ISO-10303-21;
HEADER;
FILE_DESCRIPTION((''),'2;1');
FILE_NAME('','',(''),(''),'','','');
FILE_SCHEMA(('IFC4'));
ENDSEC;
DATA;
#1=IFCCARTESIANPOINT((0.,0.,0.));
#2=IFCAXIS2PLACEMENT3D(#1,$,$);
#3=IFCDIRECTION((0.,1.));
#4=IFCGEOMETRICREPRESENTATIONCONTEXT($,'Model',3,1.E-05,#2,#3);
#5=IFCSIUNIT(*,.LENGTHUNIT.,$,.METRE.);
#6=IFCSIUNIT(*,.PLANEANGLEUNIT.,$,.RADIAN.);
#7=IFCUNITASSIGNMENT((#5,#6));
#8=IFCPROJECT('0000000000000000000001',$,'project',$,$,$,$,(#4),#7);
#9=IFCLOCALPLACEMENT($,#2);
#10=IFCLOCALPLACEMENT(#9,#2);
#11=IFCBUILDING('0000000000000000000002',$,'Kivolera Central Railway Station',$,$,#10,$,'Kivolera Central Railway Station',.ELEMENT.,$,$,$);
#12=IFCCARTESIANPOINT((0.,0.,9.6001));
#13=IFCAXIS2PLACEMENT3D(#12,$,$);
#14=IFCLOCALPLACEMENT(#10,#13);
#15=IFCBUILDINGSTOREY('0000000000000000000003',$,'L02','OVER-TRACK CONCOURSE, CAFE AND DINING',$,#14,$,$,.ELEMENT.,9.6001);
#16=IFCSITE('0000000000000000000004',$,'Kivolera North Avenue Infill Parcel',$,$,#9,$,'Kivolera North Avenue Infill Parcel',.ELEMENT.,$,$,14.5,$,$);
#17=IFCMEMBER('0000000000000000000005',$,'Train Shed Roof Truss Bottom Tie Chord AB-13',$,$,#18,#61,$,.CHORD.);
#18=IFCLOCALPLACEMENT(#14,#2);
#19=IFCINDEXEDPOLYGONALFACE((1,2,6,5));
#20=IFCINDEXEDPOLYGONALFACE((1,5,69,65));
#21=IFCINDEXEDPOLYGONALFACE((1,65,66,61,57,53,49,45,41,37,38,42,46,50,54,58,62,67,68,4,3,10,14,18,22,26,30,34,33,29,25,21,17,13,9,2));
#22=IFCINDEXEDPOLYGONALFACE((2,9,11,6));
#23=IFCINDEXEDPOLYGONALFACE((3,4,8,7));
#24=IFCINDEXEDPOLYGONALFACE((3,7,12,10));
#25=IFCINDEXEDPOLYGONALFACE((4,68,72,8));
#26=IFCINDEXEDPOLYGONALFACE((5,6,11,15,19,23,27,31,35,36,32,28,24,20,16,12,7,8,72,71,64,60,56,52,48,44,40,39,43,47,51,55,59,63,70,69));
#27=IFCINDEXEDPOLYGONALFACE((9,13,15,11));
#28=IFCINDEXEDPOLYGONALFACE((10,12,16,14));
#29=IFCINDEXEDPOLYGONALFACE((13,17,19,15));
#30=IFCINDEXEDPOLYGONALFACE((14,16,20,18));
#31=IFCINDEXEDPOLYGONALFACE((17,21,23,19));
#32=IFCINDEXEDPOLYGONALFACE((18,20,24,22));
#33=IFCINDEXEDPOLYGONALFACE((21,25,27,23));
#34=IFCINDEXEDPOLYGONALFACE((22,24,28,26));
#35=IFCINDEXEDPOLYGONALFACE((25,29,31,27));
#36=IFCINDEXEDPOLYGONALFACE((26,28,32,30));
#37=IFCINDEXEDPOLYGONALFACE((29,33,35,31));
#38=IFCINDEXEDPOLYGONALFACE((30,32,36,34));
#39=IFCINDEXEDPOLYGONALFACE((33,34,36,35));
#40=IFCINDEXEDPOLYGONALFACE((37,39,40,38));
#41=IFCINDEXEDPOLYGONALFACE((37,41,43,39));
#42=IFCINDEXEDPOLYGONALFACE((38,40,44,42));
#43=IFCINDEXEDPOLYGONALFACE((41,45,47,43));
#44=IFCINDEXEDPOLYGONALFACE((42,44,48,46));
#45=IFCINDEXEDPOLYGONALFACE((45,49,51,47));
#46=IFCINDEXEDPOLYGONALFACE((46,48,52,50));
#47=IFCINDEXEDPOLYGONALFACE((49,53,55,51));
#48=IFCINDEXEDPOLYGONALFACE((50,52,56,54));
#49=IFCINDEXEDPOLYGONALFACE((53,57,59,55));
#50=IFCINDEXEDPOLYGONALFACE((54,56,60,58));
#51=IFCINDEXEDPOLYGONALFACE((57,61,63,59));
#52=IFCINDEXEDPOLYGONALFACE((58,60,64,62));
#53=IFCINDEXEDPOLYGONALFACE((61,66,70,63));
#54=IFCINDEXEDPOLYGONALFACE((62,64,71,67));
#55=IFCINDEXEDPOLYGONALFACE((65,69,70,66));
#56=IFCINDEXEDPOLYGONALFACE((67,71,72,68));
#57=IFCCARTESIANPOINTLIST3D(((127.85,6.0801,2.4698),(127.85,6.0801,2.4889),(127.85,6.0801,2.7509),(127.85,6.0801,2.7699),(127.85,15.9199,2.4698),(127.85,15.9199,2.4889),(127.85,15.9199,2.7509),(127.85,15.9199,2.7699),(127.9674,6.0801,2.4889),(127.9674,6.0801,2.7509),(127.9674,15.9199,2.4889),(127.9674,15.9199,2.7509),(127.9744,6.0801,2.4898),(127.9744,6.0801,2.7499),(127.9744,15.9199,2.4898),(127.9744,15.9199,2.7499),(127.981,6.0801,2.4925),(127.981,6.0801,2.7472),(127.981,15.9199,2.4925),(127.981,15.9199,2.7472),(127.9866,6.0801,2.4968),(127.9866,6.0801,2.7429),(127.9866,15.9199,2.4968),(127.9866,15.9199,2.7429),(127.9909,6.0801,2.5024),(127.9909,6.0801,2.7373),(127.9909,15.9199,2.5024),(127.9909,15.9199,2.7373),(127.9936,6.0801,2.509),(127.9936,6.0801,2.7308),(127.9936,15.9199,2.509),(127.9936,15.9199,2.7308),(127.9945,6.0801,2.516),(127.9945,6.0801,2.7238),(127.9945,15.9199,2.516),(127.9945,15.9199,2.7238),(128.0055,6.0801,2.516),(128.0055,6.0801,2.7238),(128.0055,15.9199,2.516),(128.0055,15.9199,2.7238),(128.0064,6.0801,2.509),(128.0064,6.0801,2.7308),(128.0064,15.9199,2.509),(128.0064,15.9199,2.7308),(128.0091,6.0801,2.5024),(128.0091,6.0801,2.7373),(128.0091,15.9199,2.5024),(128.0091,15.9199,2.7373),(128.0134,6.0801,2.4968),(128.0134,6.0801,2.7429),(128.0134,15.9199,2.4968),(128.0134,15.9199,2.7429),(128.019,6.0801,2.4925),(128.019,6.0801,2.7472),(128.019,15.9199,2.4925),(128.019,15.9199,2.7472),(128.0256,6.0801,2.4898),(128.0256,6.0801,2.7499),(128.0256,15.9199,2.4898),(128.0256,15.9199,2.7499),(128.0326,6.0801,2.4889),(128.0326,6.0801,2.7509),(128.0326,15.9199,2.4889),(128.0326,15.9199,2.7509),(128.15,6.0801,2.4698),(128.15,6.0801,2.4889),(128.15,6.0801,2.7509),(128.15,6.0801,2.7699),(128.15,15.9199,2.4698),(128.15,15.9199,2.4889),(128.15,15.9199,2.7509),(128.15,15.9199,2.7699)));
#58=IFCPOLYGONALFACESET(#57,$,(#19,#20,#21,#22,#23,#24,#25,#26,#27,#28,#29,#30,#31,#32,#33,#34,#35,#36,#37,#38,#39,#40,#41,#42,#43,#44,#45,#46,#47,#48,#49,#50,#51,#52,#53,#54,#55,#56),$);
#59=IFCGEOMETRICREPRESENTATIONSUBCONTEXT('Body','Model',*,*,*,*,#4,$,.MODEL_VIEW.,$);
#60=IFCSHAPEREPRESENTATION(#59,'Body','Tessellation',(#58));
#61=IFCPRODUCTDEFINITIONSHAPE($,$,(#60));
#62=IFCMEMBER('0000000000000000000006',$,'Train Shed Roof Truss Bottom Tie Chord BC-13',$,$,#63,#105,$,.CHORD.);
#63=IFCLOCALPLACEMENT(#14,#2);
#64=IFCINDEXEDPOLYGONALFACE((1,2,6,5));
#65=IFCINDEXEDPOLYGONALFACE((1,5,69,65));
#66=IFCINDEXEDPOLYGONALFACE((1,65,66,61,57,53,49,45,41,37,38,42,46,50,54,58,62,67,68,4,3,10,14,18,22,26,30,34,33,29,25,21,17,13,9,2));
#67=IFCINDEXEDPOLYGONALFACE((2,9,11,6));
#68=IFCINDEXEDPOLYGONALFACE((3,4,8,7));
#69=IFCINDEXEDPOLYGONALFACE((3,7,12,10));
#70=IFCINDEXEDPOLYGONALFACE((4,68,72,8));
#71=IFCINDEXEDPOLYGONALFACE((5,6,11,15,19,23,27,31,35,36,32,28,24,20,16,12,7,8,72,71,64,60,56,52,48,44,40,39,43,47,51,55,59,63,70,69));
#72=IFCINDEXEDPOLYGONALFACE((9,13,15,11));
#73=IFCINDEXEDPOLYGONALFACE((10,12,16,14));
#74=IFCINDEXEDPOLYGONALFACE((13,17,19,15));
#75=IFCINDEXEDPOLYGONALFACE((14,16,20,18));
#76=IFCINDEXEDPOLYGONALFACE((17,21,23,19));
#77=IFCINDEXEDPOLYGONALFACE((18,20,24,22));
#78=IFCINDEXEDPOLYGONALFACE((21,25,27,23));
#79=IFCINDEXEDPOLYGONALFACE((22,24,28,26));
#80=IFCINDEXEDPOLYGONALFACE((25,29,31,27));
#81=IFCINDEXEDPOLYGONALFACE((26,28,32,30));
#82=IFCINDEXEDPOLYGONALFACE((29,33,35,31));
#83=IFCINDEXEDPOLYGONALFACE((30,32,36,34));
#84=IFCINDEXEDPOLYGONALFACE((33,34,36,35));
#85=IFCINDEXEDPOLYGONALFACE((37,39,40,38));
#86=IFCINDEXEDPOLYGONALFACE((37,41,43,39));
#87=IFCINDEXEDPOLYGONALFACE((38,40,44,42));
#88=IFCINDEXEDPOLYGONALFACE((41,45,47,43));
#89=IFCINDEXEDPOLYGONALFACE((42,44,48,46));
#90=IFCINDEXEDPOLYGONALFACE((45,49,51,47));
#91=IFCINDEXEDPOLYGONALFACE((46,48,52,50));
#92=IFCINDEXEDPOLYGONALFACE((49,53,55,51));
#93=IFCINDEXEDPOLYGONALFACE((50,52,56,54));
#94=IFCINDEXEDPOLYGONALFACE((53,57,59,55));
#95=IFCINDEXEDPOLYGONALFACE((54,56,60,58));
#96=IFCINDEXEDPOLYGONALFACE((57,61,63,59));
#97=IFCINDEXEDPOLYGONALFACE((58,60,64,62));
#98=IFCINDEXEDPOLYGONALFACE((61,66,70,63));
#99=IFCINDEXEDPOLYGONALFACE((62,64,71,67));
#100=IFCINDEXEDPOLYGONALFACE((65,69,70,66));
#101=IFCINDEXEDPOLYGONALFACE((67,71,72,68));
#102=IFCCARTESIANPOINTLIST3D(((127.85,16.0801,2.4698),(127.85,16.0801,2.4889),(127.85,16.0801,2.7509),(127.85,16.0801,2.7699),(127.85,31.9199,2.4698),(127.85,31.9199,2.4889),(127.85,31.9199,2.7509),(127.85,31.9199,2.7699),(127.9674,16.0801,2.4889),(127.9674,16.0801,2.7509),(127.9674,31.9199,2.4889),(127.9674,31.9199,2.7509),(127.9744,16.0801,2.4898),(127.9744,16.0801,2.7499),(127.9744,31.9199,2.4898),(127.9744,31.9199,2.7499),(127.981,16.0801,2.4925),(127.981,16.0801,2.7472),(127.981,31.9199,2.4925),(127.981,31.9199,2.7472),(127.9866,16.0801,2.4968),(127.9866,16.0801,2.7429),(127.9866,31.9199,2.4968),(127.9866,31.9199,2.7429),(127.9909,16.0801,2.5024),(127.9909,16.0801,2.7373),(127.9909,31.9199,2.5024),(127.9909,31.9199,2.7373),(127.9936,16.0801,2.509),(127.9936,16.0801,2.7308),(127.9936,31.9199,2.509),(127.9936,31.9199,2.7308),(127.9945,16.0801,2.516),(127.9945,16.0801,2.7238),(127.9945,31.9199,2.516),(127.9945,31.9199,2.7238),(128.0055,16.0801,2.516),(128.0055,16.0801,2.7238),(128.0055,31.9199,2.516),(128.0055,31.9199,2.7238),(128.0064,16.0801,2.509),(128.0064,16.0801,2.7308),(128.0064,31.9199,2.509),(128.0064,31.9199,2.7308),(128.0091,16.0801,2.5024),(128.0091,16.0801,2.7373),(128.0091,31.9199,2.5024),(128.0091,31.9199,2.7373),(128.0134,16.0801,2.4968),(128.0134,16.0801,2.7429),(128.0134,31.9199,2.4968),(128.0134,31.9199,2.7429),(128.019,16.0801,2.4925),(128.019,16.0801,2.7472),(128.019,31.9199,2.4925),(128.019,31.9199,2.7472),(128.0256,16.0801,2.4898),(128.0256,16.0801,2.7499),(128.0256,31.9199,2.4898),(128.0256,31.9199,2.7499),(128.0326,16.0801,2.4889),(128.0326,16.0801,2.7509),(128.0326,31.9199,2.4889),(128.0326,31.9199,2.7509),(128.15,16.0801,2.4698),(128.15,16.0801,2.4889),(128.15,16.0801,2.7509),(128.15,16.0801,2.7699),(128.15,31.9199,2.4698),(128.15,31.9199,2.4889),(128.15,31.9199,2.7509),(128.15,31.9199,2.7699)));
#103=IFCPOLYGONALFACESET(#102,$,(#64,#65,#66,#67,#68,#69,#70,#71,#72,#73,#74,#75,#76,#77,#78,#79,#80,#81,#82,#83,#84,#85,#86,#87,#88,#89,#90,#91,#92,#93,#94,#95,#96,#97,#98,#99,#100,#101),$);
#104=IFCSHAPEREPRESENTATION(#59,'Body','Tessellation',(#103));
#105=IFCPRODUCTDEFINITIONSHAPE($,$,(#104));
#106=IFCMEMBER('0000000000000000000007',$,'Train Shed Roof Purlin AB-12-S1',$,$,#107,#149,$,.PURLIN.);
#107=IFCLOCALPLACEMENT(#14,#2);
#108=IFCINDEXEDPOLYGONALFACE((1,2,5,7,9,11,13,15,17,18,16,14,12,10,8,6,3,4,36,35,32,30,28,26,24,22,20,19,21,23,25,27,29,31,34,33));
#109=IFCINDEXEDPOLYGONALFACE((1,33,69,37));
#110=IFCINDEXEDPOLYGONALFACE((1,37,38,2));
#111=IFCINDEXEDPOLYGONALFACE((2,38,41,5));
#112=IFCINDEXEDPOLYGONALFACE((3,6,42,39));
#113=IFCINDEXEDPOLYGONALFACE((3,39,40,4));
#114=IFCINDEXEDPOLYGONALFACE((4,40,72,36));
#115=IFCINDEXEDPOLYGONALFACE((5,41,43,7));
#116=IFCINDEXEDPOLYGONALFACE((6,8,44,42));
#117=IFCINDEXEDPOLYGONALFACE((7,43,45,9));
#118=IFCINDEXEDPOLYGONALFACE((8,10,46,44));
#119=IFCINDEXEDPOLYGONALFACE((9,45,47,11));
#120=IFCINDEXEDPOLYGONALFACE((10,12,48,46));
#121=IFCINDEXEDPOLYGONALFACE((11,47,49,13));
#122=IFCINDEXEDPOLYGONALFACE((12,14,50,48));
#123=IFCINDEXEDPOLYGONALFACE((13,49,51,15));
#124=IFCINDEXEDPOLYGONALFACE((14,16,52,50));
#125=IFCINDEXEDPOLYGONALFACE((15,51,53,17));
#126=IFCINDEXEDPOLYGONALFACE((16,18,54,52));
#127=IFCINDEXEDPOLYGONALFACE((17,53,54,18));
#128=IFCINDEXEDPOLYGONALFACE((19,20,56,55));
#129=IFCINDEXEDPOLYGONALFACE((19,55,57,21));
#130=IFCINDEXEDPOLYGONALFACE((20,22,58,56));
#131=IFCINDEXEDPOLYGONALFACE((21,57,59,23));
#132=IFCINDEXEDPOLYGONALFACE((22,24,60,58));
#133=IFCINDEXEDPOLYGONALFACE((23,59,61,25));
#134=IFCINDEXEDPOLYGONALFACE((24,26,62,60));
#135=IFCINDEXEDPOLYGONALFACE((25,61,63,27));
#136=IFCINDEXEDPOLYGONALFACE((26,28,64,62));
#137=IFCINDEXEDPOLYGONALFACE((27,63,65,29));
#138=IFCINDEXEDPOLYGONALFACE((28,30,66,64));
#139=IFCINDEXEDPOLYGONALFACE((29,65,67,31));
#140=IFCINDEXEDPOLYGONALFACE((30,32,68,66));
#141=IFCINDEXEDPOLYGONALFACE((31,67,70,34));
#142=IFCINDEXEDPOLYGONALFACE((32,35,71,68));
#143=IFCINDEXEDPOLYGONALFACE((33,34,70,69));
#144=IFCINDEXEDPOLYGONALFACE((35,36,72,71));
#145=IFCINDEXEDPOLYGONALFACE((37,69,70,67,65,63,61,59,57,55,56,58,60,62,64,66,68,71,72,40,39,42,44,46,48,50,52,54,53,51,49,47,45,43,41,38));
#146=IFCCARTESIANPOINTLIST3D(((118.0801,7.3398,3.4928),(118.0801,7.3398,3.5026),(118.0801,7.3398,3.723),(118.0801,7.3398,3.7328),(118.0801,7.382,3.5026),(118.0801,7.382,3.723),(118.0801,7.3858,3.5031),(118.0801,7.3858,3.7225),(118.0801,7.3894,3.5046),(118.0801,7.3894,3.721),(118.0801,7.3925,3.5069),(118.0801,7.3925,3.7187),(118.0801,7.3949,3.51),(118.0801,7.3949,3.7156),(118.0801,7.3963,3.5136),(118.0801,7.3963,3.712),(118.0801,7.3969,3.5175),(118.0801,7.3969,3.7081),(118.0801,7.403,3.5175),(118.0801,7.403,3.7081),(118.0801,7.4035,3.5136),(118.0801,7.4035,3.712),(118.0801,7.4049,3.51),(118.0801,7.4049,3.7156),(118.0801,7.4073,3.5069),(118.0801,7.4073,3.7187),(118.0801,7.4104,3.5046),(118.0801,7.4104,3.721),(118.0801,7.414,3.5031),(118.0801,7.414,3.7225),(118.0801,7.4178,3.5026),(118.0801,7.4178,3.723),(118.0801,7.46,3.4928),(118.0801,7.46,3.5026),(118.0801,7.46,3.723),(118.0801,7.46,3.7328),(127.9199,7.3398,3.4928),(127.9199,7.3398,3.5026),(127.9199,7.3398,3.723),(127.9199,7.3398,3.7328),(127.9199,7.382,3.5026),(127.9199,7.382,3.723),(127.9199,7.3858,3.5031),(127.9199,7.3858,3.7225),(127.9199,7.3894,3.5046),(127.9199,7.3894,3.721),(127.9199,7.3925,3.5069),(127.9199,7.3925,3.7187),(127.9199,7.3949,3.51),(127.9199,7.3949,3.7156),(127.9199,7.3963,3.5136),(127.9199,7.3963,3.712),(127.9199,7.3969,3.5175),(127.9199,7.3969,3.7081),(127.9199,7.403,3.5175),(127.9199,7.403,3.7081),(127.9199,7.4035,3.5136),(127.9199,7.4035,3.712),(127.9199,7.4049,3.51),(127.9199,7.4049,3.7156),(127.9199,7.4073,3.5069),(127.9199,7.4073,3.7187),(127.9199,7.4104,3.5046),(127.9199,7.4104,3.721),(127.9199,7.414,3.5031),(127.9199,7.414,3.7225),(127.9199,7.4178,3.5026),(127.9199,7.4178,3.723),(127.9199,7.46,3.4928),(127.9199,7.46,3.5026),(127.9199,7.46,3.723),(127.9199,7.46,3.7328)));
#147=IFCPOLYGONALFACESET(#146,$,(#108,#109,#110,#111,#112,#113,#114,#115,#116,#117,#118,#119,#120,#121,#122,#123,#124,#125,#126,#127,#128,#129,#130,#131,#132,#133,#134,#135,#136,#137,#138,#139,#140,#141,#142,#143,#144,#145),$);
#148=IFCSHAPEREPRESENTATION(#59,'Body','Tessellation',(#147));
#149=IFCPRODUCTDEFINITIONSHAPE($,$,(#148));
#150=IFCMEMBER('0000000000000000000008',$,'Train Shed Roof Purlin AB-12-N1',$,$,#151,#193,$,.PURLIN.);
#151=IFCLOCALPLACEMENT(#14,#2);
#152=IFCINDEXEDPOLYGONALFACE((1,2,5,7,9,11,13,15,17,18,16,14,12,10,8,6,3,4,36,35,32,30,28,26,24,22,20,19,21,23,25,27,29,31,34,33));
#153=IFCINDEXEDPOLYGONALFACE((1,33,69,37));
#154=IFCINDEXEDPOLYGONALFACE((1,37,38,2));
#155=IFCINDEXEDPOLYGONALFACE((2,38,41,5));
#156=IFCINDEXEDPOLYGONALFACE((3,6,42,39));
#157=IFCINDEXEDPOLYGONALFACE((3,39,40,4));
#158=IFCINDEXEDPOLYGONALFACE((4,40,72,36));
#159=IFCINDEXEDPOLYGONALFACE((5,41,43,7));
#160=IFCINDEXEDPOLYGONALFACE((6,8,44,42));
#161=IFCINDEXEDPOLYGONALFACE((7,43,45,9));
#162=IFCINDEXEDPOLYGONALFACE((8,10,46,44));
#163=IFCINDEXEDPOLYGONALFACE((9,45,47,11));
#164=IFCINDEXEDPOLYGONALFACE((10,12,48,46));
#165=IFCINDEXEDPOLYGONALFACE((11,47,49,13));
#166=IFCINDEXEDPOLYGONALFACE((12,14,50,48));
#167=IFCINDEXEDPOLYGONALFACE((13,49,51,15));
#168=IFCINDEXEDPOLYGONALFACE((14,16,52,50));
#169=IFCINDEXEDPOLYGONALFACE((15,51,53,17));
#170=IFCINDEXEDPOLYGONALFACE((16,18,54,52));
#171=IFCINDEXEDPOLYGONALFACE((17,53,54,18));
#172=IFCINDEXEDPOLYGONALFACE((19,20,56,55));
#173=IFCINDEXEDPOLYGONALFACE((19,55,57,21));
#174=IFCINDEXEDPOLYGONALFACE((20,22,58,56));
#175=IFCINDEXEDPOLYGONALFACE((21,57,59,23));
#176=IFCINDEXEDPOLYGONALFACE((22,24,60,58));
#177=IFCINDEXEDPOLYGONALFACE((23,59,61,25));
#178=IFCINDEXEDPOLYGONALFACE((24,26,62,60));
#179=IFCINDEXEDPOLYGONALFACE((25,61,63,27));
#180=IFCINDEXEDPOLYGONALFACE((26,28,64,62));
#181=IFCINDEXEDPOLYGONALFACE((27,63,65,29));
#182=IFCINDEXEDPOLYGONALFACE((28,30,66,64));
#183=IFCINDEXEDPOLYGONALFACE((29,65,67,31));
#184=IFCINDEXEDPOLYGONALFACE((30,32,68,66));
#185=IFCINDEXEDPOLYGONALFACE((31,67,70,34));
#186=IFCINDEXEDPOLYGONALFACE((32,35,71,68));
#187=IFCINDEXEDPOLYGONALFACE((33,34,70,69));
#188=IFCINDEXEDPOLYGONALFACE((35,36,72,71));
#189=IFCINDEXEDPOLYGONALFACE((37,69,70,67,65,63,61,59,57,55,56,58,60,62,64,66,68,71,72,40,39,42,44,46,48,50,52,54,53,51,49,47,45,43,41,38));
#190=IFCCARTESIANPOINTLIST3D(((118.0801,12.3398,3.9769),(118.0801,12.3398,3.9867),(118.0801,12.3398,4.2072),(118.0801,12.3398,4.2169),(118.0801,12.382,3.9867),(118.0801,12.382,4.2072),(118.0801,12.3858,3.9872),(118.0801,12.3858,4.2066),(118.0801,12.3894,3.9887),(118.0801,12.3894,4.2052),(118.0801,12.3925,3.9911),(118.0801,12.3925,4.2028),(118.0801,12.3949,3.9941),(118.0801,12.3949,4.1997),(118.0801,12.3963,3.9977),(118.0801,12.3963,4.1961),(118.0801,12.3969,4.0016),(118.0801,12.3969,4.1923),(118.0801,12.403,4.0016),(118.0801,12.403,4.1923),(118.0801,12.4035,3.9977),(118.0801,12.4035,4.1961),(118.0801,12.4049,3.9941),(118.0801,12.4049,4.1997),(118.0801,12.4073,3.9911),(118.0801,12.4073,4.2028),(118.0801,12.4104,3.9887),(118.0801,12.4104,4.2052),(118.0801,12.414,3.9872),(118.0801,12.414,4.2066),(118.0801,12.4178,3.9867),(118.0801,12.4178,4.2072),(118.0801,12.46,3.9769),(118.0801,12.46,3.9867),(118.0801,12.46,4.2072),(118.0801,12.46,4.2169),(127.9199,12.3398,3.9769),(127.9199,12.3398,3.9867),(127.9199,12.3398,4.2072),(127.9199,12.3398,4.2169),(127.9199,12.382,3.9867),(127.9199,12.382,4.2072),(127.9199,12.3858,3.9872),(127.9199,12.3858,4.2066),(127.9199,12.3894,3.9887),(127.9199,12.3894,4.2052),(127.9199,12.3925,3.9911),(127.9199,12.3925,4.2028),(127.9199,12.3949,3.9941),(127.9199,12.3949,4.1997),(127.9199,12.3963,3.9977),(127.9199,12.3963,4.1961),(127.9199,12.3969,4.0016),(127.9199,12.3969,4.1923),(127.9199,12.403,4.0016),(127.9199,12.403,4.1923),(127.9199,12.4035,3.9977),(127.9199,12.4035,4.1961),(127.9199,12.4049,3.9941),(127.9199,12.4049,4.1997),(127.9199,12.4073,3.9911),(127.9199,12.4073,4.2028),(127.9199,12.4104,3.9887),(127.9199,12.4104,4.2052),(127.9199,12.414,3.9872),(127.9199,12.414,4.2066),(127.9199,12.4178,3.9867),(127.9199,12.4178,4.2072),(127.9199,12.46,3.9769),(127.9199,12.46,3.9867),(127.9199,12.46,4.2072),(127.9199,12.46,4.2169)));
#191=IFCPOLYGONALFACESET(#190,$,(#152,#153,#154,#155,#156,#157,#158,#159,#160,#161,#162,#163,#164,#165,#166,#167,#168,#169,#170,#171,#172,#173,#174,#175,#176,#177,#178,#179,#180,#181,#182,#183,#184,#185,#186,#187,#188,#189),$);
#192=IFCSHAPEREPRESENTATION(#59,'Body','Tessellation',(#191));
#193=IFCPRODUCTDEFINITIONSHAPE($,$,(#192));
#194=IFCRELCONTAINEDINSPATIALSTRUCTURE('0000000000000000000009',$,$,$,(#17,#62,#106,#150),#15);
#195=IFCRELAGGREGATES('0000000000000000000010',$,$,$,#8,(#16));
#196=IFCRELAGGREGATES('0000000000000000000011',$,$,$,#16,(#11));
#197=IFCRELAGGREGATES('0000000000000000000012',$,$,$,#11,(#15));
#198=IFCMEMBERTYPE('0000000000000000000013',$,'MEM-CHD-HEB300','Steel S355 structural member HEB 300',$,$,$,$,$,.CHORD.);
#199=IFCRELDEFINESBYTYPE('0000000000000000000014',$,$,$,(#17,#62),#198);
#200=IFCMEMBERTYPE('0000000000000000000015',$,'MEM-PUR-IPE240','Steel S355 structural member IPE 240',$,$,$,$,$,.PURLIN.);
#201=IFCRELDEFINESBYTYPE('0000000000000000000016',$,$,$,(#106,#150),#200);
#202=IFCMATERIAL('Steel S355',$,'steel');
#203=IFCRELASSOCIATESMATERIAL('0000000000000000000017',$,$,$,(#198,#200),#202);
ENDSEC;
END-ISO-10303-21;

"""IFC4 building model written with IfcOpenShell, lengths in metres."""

from ifc_helpers import new_model, si_unit, direction, frame, origin, origin_2d, place, context, subcontext, project, spatial, i_section, extrude, material, material_profile, profile_set, type_object, element, save


model = new_model("IFC4")

# Units and contexts
model_context = context("Model", 3, precision=1e-05, world=origin(), true_north=direction((0.0, 1.0)))
body_context = subcontext(model_context, "Body", "Model", "MODEL_VIEW")
ifc_project = project(units=[si_unit("LENGTHUNIT", "METRE"), si_unit("PLANEANGLEUNIT", "RADIAN")], contexts=[model_context])

# Site, building, storey
site_placement = place(None, origin())
site = spatial("IfcSite", under=ifc_project, at=site_placement, Name="Kivolera North Avenue Infill Parcel", LongName="Kivolera North Avenue Infill Parcel", CompositionType="ELEMENT", RefElevation=14.5)
building_placement = place(site_placement, origin())
building = spatial("IfcBuilding", under=site, at=building_placement, Name="Kivolera Central Railway Station", LongName="Kivolera Central Railway Station", CompositionType="ELEMENT")
storey_placement = place(building_placement, frame((0.0, 0.0, 9.6001)))
storey = spatial("IfcBuildingStorey", under=building, at=storey_placement, Name="L02", Description="OVER-TRACK CONCOURSE, CAFE AND DINING", CompositionType="ELEMENT", Elevation=9.6001)

# Shared definitions
ifc_material_1 = material(Name="Steel S355", Category="steel")

# Members
ifc_material_profile_1 = material_profile(ifc_material_1, i_section(OverallWidth=0.3, OverallDepth=0.3, WebThickness=0.011, FlangeThickness=0.019, FilletRadius=0.0271, at=origin_2d()), Name="HEB 300")
ifc_profile_set_1 = profile_set([ifc_material_profile_1], Name="Steel S355")
member_type_1 = type_object("IfcMemberType", Name="MEM-CHD-HEB300", Description="Steel S355 structural member HEB 300", PredefinedType="CHORD", material=ifc_profile_set_1)
member_1_placement = place(storey_placement, frame((128.0, 6.0801, 2.6199), z_axis=(0.0, 1.0, 0.0), x_axis=(-1.0, 0.0, 0.0)))
element("IfcMember", 1, at=member_1_placement, inside=storey, type_object=member_type_1, Name="Train Shed Roof Truss Bottom Tie Chord AB-13", PredefinedType="CHORD", context=body_context, shape_type="SweptSolid", body=[
    extrude(i_section(OverallWidth=0.3, OverallDepth=0.3, WebThickness=0.011, FlangeThickness=0.019, FilletRadius=0.0271, at=origin_2d()), origin(), (0.0, 0.0, 1.0), 9.8398),
])
member_2_placement = place(storey_placement, frame((128.0, 16.0801, 2.6199), z_axis=(0.0, 1.0, 0.0), x_axis=(-1.0, 0.0, 0.0)))
element("IfcMember", 2, at=member_2_placement, inside=storey, type_object=member_type_1, Name="Train Shed Roof Truss Bottom Tie Chord BC-13", PredefinedType="CHORD", context=body_context, shape_type="SweptSolid", body=[
    extrude(i_section(OverallWidth=0.3, OverallDepth=0.3, WebThickness=0.011, FlangeThickness=0.019, FilletRadius=0.0271, at=origin_2d()), origin(), (0.0, 0.0, 1.0), 15.8398),
])
ifc_material_profile_2 = material_profile(ifc_material_1, i_section(OverallWidth=0.1201, OverallDepth=0.24, WebThickness=0.0061, FlangeThickness=0.0098, FilletRadius=0.0149, at=origin_2d()), Name="IPE 240")
ifc_profile_set_2 = profile_set([ifc_material_profile_2], Name="Steel S355")
member_type_2 = type_object("IfcMemberType", Name="MEM-PUR-IPE240", Description="Steel S355 structural member IPE 240", PredefinedType="PURLIN", material=ifc_profile_set_2)
for number, where, z_axis, x_axis, name in (
    (3, (118.0801, 7.3999, 3.6128), (1.0, 0.0, 0.0), (0.0, 1.0, 0.0), "Train Shed Roof Purlin AB-12-S1"),
    (4, (118.0801, 12.3999, 4.0969), (1.0, 0.0, 0.0), (0.0, 1.0, 0.0), "Train Shed Roof Purlin AB-12-N1"),
):
    element("IfcMember", number, at=place(storey_placement, frame(where, z_axis=z_axis, x_axis=x_axis)), inside=storey, type_object=member_type_2, Name=name, PredefinedType="PURLIN", context=body_context, shape_type="SweptSolid", body=[
        extrude(i_section(OverallWidth=0.1201, OverallDepth=0.24, WebThickness=0.0061, FlangeThickness=0.0098, FilletRadius=0.0149, at=origin_2d()), origin(), (0.0, 0.0, 1.0), 9.8398),
    ])

save(model, "model.ifc")
